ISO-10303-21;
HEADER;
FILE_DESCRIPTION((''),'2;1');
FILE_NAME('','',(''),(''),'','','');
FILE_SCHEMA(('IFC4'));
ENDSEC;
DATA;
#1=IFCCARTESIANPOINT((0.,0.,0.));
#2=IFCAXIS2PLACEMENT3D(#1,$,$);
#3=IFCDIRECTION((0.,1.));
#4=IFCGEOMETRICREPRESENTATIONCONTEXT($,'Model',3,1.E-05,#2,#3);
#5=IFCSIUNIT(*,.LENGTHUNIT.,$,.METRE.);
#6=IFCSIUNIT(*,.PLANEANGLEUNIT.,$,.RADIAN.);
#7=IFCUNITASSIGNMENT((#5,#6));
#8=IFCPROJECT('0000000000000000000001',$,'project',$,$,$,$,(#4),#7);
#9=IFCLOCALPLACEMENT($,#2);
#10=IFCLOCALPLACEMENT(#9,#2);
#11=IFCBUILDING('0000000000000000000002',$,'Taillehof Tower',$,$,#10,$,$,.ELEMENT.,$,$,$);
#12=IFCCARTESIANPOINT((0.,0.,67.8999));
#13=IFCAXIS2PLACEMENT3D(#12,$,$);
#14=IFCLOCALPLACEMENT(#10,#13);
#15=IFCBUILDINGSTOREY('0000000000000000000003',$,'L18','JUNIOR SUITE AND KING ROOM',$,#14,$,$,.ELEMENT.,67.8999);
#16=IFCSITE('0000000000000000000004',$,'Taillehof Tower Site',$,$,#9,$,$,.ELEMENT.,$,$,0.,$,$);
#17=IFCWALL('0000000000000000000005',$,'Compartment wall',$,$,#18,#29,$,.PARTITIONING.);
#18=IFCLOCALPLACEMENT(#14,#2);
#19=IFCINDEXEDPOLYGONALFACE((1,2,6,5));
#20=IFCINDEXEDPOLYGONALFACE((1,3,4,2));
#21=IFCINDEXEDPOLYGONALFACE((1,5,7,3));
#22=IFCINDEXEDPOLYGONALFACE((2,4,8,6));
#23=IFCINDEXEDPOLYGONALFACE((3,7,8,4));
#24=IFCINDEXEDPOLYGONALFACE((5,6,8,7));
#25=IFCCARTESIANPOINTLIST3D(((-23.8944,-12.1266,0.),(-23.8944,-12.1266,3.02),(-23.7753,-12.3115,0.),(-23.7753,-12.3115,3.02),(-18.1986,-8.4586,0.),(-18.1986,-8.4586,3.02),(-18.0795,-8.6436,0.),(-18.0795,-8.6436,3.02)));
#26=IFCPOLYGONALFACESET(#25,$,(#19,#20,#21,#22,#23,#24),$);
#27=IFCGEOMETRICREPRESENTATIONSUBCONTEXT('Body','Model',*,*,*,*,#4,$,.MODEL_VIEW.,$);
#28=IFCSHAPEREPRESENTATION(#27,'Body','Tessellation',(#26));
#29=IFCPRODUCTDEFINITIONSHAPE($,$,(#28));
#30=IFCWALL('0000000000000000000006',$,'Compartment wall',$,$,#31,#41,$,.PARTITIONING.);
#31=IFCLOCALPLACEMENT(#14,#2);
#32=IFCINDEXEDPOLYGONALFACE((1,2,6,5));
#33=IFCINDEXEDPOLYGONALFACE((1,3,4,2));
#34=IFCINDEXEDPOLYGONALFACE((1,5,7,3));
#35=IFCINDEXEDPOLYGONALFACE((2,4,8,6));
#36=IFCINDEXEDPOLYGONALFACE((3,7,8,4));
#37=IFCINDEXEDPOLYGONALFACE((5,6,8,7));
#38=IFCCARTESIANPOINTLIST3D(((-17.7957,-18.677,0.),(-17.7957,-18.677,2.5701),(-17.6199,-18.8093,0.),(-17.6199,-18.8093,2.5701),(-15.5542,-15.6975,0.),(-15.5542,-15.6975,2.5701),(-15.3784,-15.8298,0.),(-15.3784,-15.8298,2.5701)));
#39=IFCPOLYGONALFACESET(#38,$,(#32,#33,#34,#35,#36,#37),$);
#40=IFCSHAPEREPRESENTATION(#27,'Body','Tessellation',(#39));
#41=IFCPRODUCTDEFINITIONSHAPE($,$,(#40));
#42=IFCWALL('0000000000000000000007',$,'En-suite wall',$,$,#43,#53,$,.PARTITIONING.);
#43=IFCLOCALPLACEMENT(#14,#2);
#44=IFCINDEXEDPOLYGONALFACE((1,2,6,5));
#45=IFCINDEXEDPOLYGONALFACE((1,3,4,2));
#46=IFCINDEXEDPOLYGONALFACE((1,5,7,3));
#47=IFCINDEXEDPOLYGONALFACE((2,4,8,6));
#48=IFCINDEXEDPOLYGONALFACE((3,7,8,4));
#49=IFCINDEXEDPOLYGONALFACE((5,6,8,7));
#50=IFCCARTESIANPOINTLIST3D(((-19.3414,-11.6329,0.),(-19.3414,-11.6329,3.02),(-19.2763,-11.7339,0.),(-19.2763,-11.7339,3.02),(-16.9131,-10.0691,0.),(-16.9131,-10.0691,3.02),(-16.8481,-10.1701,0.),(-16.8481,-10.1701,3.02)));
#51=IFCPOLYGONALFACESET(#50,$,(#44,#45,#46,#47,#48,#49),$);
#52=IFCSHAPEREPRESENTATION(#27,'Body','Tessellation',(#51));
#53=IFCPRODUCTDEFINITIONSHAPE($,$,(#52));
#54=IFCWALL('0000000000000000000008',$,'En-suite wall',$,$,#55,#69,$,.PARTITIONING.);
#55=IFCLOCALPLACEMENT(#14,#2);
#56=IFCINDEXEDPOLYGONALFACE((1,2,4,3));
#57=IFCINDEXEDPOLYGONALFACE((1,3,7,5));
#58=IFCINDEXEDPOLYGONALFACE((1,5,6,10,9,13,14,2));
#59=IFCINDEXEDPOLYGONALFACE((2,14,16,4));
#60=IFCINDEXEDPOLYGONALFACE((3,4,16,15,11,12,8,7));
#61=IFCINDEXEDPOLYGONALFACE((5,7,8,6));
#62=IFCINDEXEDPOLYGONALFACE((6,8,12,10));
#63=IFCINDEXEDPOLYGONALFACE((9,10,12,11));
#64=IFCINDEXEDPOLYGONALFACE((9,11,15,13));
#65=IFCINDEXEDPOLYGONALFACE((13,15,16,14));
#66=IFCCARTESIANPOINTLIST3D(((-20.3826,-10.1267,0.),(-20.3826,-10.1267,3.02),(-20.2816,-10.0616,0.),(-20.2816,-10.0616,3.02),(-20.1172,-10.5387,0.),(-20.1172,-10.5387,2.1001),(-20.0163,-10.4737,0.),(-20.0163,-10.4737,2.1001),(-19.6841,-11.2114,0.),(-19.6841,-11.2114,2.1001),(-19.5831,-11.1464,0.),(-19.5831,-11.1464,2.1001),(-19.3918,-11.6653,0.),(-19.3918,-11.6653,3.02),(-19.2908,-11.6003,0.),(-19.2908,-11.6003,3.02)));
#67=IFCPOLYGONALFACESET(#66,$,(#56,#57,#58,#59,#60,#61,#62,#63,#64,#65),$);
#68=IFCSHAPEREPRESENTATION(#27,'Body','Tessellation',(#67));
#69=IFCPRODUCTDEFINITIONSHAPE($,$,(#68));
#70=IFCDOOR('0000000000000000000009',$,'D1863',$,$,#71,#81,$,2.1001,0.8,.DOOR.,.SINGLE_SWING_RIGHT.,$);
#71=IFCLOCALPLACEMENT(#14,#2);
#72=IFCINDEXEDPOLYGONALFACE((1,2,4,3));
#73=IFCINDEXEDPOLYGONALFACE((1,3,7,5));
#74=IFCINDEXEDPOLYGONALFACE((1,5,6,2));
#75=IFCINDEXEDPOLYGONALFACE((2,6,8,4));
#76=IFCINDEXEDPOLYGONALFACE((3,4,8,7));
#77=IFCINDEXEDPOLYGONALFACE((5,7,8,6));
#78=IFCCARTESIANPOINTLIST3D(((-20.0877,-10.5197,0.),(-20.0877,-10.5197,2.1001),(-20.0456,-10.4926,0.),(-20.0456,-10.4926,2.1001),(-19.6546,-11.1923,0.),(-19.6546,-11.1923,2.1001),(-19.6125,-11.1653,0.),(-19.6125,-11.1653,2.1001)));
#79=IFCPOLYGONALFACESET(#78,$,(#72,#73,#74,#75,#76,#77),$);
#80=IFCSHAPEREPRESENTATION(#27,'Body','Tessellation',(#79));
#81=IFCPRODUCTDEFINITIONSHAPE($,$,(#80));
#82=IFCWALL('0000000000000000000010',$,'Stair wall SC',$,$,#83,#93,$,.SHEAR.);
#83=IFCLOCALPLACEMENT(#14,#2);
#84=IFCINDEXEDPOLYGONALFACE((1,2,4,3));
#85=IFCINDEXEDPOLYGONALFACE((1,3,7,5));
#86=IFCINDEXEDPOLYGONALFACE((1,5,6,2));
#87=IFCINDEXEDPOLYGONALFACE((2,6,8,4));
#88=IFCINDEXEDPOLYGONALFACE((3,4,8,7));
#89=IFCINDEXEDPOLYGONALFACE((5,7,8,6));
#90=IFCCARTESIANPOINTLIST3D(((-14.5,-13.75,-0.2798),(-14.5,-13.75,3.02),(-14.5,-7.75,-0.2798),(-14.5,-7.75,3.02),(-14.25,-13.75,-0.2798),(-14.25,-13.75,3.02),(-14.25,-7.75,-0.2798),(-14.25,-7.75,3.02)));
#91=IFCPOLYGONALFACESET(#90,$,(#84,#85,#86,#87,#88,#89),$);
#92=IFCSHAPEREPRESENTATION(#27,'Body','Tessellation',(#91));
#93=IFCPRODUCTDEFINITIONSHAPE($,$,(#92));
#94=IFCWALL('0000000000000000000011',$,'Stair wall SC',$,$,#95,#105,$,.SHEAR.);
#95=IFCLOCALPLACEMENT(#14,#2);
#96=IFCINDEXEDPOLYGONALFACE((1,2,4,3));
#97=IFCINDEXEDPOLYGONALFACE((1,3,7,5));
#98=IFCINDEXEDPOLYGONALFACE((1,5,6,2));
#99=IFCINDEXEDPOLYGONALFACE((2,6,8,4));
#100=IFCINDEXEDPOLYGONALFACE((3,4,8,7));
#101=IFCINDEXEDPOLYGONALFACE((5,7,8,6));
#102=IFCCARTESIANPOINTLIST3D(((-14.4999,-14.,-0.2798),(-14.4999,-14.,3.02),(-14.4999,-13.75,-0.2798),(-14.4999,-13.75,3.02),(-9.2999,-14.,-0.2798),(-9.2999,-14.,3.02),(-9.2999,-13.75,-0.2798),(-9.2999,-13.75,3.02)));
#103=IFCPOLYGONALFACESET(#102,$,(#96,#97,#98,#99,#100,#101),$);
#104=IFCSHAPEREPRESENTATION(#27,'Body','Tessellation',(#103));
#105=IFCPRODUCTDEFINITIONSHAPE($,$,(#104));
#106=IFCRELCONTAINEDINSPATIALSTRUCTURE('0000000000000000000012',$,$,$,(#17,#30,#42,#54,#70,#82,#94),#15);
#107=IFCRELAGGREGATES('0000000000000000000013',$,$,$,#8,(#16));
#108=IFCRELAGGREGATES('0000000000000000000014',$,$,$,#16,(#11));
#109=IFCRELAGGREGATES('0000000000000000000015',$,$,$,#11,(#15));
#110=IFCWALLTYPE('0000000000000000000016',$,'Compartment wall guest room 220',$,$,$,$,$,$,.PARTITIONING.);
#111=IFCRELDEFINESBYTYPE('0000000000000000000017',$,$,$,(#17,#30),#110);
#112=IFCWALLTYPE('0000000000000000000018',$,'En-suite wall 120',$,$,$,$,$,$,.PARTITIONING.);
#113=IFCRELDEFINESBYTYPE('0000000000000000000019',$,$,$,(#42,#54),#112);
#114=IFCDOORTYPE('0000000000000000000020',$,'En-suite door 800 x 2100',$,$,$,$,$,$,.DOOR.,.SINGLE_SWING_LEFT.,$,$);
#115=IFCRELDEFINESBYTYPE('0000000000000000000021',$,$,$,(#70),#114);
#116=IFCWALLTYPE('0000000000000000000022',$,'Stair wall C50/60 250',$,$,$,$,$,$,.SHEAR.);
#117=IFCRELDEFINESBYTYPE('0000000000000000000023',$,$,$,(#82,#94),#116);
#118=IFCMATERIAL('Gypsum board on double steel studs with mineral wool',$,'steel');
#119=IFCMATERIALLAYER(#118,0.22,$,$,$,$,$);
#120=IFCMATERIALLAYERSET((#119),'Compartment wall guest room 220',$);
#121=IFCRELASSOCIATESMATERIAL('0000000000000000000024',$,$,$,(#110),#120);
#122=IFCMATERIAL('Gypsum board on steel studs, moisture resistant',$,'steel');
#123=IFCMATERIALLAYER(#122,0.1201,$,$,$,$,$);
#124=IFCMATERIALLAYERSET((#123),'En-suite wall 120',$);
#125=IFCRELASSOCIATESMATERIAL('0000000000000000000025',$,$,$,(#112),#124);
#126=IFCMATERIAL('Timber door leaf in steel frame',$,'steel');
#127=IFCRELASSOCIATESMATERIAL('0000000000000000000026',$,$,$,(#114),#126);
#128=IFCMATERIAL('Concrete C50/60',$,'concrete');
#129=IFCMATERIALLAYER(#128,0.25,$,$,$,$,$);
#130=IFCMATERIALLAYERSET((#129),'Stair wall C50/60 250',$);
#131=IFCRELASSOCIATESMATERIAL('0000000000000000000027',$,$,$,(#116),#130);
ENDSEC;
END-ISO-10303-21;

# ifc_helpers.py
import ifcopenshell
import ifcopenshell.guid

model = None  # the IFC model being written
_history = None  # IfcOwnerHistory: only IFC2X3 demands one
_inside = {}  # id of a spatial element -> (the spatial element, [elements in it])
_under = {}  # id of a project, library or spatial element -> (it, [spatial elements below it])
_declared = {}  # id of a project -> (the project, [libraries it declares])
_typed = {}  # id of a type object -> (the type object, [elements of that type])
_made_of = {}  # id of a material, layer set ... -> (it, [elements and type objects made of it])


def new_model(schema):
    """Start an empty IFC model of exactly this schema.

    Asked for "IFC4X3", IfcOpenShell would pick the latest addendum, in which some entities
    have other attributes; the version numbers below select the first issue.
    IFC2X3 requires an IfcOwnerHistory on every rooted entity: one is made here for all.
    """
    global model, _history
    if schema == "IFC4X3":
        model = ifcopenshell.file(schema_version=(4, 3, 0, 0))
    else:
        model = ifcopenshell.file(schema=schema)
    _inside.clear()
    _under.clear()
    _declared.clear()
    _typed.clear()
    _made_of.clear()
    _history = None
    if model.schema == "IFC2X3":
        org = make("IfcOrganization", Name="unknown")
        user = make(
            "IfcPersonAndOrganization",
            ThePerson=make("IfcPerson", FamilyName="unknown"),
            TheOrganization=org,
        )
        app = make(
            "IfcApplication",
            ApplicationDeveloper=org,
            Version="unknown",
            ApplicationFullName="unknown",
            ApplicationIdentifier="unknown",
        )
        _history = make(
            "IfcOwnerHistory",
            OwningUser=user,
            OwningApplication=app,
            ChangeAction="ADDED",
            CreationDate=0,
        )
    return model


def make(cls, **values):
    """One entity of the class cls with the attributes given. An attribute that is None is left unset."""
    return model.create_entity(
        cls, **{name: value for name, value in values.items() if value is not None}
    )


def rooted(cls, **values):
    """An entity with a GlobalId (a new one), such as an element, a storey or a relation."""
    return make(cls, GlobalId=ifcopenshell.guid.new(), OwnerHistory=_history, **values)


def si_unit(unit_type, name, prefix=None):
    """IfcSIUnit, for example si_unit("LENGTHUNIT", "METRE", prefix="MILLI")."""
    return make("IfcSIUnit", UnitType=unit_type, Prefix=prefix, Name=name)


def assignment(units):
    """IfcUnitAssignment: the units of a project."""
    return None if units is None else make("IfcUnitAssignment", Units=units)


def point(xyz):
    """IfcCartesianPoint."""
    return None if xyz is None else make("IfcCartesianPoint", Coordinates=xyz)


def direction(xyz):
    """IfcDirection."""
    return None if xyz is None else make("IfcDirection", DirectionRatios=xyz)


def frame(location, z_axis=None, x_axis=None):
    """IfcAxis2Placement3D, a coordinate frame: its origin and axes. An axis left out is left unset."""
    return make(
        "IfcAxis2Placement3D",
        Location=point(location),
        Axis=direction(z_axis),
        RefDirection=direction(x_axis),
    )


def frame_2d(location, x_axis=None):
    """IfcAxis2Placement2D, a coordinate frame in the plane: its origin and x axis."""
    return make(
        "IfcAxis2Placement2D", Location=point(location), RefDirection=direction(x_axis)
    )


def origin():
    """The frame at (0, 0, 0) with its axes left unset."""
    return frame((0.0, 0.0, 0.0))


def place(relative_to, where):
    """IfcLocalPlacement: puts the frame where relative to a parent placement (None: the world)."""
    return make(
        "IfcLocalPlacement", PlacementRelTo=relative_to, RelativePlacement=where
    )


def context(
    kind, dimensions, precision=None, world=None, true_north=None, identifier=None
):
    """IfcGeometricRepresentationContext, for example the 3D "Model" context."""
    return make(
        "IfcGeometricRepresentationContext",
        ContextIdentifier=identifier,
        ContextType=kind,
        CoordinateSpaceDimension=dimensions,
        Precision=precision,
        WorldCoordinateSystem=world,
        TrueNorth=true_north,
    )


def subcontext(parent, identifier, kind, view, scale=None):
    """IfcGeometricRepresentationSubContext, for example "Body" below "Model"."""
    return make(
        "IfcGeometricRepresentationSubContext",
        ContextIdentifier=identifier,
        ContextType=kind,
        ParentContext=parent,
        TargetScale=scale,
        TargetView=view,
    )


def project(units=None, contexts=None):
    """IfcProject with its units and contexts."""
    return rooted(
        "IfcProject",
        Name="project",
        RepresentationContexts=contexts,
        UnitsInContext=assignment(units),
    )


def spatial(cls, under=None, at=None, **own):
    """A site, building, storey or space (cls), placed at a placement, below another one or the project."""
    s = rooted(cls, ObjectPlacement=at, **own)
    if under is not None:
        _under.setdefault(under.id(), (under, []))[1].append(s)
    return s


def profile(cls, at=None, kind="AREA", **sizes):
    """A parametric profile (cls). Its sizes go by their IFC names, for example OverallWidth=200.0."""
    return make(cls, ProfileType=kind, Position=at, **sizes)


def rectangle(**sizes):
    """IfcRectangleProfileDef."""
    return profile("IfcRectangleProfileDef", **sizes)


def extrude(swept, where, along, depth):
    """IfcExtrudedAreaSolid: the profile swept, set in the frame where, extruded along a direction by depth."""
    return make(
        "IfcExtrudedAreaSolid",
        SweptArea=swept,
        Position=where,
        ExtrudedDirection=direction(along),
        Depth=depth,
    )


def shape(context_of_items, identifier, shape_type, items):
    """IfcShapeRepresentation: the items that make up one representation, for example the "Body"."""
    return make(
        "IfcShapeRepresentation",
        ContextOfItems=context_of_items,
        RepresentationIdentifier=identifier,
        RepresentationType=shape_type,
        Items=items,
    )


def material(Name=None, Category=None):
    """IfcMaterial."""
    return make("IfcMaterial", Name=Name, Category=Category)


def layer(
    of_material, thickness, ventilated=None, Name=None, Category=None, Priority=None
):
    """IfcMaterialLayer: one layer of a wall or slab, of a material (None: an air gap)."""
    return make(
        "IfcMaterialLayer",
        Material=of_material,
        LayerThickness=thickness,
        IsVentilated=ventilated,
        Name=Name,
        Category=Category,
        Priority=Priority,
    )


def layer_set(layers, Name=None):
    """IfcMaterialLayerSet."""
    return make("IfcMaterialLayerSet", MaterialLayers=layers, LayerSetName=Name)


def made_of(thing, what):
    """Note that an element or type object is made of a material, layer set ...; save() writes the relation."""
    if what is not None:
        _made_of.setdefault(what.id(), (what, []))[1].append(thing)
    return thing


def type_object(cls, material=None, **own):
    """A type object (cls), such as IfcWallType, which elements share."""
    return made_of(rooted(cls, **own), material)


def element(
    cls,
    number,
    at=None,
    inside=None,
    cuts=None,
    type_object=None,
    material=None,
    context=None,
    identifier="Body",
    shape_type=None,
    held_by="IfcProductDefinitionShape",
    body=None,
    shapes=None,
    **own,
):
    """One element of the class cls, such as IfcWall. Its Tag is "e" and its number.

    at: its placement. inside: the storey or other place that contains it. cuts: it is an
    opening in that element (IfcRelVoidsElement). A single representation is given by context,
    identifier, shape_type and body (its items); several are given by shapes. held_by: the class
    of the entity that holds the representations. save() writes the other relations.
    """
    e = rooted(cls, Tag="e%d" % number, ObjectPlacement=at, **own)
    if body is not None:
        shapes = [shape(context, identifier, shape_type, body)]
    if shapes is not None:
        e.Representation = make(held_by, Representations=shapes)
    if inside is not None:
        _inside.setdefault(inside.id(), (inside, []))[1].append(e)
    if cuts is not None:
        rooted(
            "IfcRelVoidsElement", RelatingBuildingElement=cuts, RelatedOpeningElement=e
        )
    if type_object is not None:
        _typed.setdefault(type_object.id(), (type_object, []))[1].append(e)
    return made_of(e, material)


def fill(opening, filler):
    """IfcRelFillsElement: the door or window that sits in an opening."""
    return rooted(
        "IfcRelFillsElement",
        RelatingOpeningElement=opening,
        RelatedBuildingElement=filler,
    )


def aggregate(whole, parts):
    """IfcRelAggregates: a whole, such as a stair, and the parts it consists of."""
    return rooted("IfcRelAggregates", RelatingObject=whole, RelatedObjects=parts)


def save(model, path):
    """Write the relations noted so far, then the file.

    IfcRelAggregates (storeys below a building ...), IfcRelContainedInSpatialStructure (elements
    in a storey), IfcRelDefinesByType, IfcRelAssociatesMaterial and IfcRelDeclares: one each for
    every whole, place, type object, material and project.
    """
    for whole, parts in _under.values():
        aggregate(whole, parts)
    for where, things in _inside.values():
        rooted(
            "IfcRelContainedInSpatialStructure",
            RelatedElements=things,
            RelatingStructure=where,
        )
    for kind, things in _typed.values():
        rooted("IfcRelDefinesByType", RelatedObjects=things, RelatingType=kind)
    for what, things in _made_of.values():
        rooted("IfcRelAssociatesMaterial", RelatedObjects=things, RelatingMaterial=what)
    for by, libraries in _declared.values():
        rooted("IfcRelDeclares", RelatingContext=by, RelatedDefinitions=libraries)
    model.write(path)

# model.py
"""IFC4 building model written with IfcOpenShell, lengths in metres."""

from ifc_helpers import new_model, si_unit, direction, frame, frame_2d, origin, place, context, subcontext, project, spatial, rectangle, extrude, material, layer, layer_set, type_object, element, fill, save


model = new_model("IFC4")

# Units and contexts
model_context = context("Model", 3, precision=1e-05, world=origin(), true_north=direction((0.0, 1.0)))
body_context = subcontext(model_context, "Body", "Model", "MODEL_VIEW")
ifc_project = project(units=[si_unit("LENGTHUNIT", "METRE"), si_unit("PLANEANGLEUNIT", "RADIAN")], contexts=[model_context])

# Site, building, storey
site_placement = place(None, origin())
site = spatial("IfcSite", under=ifc_project, at=site_placement, Name="Taillehof Tower Site", CompositionType="ELEMENT", RefElevation=0.0)
building_placement = place(site_placement, origin())
building = spatial("IfcBuilding", under=site, at=building_placement, Name="Taillehof Tower", CompositionType="ELEMENT")
storey_placement = place(building_placement, frame((0.0, 0.0, 67.8999)))
storey = spatial("IfcBuildingStorey", under=building, at=storey_placement, Name="L18", Description="JUNIOR SUITE AND KING ROOM", CompositionType="ELEMENT", Elevation=67.8999)

# Walls
ifc_material_1 = material(Name="Gypsum board on double steel studs with mineral wool", Category="steel")
ifc_layer_1 = layer(ifc_material_1, 0.22)
ifc_layer_set_1 = layer_set([ifc_layer_1], Name="Compartment wall guest room 220")
wall_type_1 = type_object("IfcWallType", Name="Compartment wall guest room 220", PredefinedType="PARTITIONING", material=ifc_layer_set_1)
wall_1_placement = place(storey_placement, frame((-23.8347, -12.219, 0.0), z_axis=(0.0, 0.0, 1.0), x_axis=(0.84075, 0.541424, 0.0)))
element("IfcWall", 1, at=wall_1_placement, inside=storey, type_object=wall_type_1, Name="Compartment wall", PredefinedType="PARTITIONING", context=body_context, shape_type="SweptSolid", body=[
    extrude(rectangle(XDim=6.7747, YDim=0.22, at=frame_2d((3.3872, 0.0))), origin(), (0.0, 0.0, 1.0), 3.02),
])
wall_2_placement = place(storey_placement, frame((-17.7078, -18.7432, 0.0), z_axis=(0.0, 0.0, 1.0), x_axis=(0.601173, 0.799119, 0.0)))
element("IfcWall", 2, at=wall_2_placement, inside=storey, type_object=wall_type_1, Name="Compartment wall", PredefinedType="PARTITIONING", context=body_context, shape_type="SweptSolid", body=[
    extrude(rectangle(XDim=3.7285, YDim=0.22, at=frame_2d((1.8643, 0.0))), origin(), (0.0, 0.0, 1.0), 2.5701),
])
ifc_material_2 = material(Name="Gypsum board on steel studs, moisture resistant", Category="steel")
ifc_layer_2 = layer(ifc_material_2, 0.1201)
ifc_layer_set_2 = layer_set([ifc_layer_2], Name="En-suite wall 120")
wall_type_2 = type_object("IfcWallType", Name="En-suite wall 120", PredefinedType="PARTITIONING", material=ifc_layer_set_2)
wall_3_placement = place(storey_placement, frame((-16.8806, -10.1196, 0.0), z_axis=(0.0, 0.0, 1.0), x_axis=(-0.84075, -0.541424, 0.0)))
element("IfcWall", 3, at=wall_3_placement, inside=storey, type_object=wall_type_2, Name="En-suite wall", PredefinedType="PARTITIONING", context=body_context, shape_type="SweptSolid", body=[
    extrude(rectangle(XDim=2.8882, YDim=0.1201, at=frame_2d((1.4441, 0.0))), origin(), (0.0, 0.0, 1.0), 3.02),
])

# Wall, opening, door
wall_4_placement = place(storey_placement, frame((-19.3413, -11.6328, 0.0), z_axis=(0.0, 0.0, 1.0), x_axis=(-0.541391, 0.840771, 0.0)))
wall_4 = element("IfcWall", 4, at=wall_4_placement, inside=storey, type_object=wall_type_2, Name="En-suite wall", PredefinedType="PARTITIONING", context=body_context, shape_type="SweptSolid", body=[
    extrude(rectangle(XDim=1.8301, YDim=0.1201, at=frame_2d((0.915, 0.0))), origin(), (0.0, 0.0, 1.0), 3.02),
])
opening_1_placement = place(wall_4_placement, frame((0.54, 0.0, 0.0)))
opening_1 = element("IfcOpeningElement", 5, at=opening_1_placement, cuts=wall_4, PredefinedType="OPENING", context=body_context, shape_type="SweptSolid", body=[
    extrude(rectangle(XDim=0.8, YDim=2.1001, at=frame_2d((0.3999, 1.05))), frame((0.0, 0.0701, 0.0), z_axis=(0.0, -1.0, 0.0), x_axis=(1.0, 0.0, 0.0)), (0.0, 0.0, 1.0), 0.1401),
])
ifc_material_3 = material(Name="Timber door leaf in steel frame", Category="steel")
door_type_1 = type_object("IfcDoorType", Name="En-suite door 800 x 2100", OperationType="SINGLE_SWING_LEFT", PredefinedType="DOOR", material=ifc_material_3)
door_1_placement = place(opening_1_placement, origin())
door_1 = element("IfcDoor", 6, at=door_1_placement, inside=storey, type_object=door_type_1, Name="D1863", OperationType="SINGLE_SWING_RIGHT", OverallHeight=2.1001, OverallWidth=0.8, PredefinedType="DOOR", context=body_context, shape_type="SweptSolid", body=[
    extrude(rectangle(XDim=0.8, YDim=2.1001, at=frame_2d((0.3999, 1.05))), frame((0.0, 0.0249, 0.0), z_axis=(0.0, -1.0, 0.0), x_axis=(1.0, 0.0, 0.0)), (0.0, 0.0, 1.0), 0.05),
])
fill(opening_1, door_1)

# Walls
ifc_material_4 = material(Name="Concrete C50/60", Category="concrete")
ifc_layer_3 = layer(ifc_material_4, 0.25)
ifc_layer_set_3 = layer_set([ifc_layer_3], Name="Stair wall C50/60 250")
wall_type_3 = type_object("IfcWallType", Name="Stair wall C50/60 250", PredefinedType="SHEAR", material=ifc_layer_set_3)
wall_5_placement = place(storey_placement, frame((-14.375, -13.75, -0.2798), z_axis=(0.0, 0.0, 1.0), x_axis=(0.0, 1.0, 0.0)))
element("IfcWall", 7, at=wall_5_placement, inside=storey, type_object=wall_type_3, Name="Stair wall SC", PredefinedType="SHEAR", context=body_context, shape_type="SweptSolid", body=[
    extrude(rectangle(XDim=6.0, YDim=0.25, at=frame_2d((3.0, 0.0))), origin(), (0.0, 0.0, 1.0), 3.2998),
])
wall_6_placement = place(storey_placement, frame((-14.5, -13.875, -0.2798), z_axis=(0.0, 0.0, 1.0), x_axis=(1.0, 0.0, 0.0)))
element("IfcWall", 8, at=wall_6_placement, inside=storey, type_object=wall_type_3, Name="Stair wall SC", PredefinedType="SHEAR", context=body_context, shape_type="SweptSolid", body=[
    extrude(rectangle(XDim=5.2, YDim=0.25, at=frame_2d((2.6001, 0.0))), origin(), (0.0, 0.0, 1.0), 3.2998),
])

save(model, "model.ifc")
